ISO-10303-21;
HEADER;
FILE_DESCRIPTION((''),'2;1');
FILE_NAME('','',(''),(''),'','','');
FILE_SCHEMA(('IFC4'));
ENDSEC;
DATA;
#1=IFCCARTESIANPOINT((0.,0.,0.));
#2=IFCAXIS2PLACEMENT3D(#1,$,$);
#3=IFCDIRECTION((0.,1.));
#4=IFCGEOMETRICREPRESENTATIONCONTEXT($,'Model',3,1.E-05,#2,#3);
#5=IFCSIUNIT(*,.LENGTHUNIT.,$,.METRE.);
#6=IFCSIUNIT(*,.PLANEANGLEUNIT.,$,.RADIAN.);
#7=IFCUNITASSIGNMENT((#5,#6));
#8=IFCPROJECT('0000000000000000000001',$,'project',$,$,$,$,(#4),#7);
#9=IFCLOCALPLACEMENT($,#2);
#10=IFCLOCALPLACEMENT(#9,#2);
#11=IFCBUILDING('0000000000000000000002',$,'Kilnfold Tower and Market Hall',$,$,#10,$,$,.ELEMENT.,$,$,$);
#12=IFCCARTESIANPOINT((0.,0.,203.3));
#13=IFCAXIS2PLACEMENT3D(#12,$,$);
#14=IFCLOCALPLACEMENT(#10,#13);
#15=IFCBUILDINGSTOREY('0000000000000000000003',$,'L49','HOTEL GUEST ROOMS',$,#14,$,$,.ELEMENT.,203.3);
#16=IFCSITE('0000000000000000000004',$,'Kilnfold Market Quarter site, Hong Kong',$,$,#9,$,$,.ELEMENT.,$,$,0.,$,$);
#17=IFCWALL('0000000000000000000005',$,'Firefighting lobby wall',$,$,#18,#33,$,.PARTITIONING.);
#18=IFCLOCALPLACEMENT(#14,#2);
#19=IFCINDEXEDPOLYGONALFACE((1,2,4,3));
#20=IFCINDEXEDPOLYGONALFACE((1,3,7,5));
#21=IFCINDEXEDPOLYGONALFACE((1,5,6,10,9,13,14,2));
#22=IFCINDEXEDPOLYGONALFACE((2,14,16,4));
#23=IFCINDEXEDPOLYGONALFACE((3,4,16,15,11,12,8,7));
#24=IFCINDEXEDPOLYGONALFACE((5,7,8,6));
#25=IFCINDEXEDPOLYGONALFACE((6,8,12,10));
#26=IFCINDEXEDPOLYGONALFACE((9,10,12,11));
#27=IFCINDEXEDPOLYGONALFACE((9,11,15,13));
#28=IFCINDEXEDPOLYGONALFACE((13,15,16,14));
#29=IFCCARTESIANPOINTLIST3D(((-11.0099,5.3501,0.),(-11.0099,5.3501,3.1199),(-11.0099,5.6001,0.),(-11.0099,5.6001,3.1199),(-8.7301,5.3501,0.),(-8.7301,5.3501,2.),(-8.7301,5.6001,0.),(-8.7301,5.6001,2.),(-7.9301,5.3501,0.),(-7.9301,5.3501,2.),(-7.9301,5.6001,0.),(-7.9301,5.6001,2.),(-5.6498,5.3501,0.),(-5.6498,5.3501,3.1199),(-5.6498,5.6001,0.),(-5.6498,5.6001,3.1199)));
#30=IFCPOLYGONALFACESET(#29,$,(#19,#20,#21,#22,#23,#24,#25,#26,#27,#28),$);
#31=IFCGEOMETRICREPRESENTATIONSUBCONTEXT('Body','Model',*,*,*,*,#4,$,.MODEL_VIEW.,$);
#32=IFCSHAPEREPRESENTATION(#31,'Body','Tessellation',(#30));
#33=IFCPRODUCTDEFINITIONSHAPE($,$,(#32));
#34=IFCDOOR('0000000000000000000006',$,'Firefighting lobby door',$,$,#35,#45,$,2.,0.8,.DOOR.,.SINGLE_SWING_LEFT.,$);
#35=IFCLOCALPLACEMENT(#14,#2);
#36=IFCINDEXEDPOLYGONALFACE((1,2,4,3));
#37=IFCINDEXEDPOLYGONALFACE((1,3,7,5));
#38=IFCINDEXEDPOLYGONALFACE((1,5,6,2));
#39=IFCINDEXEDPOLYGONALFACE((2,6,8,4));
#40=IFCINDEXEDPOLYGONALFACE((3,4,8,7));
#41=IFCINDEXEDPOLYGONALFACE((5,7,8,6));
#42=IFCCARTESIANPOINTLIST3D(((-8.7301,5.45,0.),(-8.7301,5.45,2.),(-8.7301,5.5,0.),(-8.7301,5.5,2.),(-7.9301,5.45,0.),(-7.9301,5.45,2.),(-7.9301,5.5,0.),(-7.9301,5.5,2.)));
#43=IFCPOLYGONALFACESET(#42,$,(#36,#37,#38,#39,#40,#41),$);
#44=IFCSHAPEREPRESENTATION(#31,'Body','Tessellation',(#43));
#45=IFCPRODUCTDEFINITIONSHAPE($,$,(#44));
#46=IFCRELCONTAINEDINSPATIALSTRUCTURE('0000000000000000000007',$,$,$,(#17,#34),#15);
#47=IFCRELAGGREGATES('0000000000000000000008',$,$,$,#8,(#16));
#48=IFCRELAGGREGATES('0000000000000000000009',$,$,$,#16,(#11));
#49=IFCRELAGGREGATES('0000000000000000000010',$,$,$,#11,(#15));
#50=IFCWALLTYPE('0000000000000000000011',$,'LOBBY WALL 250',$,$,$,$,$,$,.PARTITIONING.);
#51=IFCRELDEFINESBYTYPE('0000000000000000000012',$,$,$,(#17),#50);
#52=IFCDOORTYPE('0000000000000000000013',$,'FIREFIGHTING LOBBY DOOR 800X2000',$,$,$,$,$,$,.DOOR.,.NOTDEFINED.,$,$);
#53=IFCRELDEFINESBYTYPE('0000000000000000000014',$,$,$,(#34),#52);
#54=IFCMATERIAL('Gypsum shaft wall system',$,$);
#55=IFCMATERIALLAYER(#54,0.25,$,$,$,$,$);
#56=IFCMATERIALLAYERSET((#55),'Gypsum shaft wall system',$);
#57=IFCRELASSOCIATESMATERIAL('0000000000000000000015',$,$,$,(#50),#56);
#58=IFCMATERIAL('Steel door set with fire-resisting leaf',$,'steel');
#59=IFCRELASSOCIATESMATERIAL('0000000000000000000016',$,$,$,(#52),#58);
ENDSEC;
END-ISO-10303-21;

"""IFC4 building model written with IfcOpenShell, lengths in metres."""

from ifc_helpers import new_model, si_unit, direction, frame, frame_2d, origin, place, context, subcontext, project, spatial, rectangle, extrude, source, transform, mapped, material, layer, layer_set, type_object, element, fill, save


model = new_model("IFC4")

# Units and contexts
model_context = context("Model", 3, precision=1e-05, world=origin(), true_north=direction((0.0, 1.0)))
body_context = subcontext(model_context, "Body", "Model", "MODEL_VIEW")
ifc_project = project(units=[si_unit("LENGTHUNIT", "METRE"), si_unit("PLANEANGLEUNIT", "RADIAN")], contexts=[model_context])

# Site, building, storey
site_placement = place(None, origin())
site = spatial("IfcSite", under=ifc_project, at=site_placement, Name="Kilnfold Market Quarter site, Hong Kong", CompositionType="ELEMENT", RefElevation=0.0)
building_placement = place(site_placement, origin())
building = spatial("IfcBuilding", under=site, at=building_placement, Name="Kilnfold Tower and Market Hall", CompositionType="ELEMENT")
storey_placement = place(building_placement, frame((0.0, 0.0, 203.3)))
storey = spatial("IfcBuildingStorey", under=building, at=storey_placement, Name="L49", Description="HOTEL GUEST ROOMS", CompositionType="ELEMENT", Elevation=203.3)

# Shared definitions
ifc_material_1 = material(Name="Gypsum shaft wall system")
ifc_layer_1 = layer(ifc_material_1, 0.25)
ifc_layer_set_1 = layer_set([ifc_layer_1], Name="Gypsum shaft wall system")
wall_type_1 = type_object("IfcWallType", Name="LOBBY WALL 250", PredefinedType="PARTITIONING", material=ifc_layer_set_1)

# Wall, opening, door
shared_shape_1 = source(origin(), body_context, "Body", "SweptSolid", [
    extrude(rectangle(XDim=5.3601, YDim=0.25, at=frame_2d((2.6802, 0.0))), origin(), (0.0, 0.0, 1.0), 3.1199),
])
wall_1_placement = place(storey_placement, frame((-11.01, 5.4751, 0.0), z_axis=(0.0, 0.0, 1.0), x_axis=(1.0, 0.0, 0.0)))
wall_1 = element("IfcWall", 1, at=wall_1_placement, inside=storey, type_object=wall_type_1, Name="Firefighting lobby wall", PredefinedType="PARTITIONING", context=body_context, shape_type="MappedRepresentation", body=[
    mapped(shared_shape_1, transform((0.0, 0.0, 0.0))),
])
opening_1_placement = place(wall_1_placement, frame((2.28, 0.0, 0.0)))
opening_1 = element("IfcOpeningElement", 2, at=opening_1_placement, cuts=wall_1, PredefinedType="OPENING", context=body_context, shape_type="SweptSolid", body=[
    extrude(rectangle(XDim=0.8, YDim=2.0, at=frame_2d((0.3999, 1.0))), frame((0.0, 0.135, 0.0), z_axis=(0.0, -1.0, 0.0), x_axis=(1.0, 0.0, 0.0)), (0.0, 0.0, 1.0), 0.27),
])
ifc_material_2 = material(Name="Steel door set with fire-resisting leaf", Category="steel")
door_type_1 = type_object("IfcDoorType", Name="FIREFIGHTING LOBBY DOOR 800X2000", OperationType="NOTDEFINED", PredefinedType="DOOR", material=ifc_material_2)
door_1_placement = place(opening_1_placement, origin())
door_1 = element("IfcDoor", 3, at=door_1_placement, inside=storey, type_object=door_type_1, Name="Firefighting lobby door", OperationType="SINGLE_SWING_LEFT", OverallHeight=2.0, OverallWidth=0.8, PredefinedType="DOOR", context=body_context, shape_type="SweptSolid", body=[
    extrude(rectangle(XDim=0.8, YDim=2.0, at=frame_2d((0.3999, 1.0))), frame((0.0, 0.0249, 0.0), z_axis=(0.0, -1.0, 0.0), x_axis=(1.0, 0.0, 0.0)), (0.0, 0.0, 1.0), 0.05),
])
fill(opening_1, door_1)

save(model, "model.ifc")
